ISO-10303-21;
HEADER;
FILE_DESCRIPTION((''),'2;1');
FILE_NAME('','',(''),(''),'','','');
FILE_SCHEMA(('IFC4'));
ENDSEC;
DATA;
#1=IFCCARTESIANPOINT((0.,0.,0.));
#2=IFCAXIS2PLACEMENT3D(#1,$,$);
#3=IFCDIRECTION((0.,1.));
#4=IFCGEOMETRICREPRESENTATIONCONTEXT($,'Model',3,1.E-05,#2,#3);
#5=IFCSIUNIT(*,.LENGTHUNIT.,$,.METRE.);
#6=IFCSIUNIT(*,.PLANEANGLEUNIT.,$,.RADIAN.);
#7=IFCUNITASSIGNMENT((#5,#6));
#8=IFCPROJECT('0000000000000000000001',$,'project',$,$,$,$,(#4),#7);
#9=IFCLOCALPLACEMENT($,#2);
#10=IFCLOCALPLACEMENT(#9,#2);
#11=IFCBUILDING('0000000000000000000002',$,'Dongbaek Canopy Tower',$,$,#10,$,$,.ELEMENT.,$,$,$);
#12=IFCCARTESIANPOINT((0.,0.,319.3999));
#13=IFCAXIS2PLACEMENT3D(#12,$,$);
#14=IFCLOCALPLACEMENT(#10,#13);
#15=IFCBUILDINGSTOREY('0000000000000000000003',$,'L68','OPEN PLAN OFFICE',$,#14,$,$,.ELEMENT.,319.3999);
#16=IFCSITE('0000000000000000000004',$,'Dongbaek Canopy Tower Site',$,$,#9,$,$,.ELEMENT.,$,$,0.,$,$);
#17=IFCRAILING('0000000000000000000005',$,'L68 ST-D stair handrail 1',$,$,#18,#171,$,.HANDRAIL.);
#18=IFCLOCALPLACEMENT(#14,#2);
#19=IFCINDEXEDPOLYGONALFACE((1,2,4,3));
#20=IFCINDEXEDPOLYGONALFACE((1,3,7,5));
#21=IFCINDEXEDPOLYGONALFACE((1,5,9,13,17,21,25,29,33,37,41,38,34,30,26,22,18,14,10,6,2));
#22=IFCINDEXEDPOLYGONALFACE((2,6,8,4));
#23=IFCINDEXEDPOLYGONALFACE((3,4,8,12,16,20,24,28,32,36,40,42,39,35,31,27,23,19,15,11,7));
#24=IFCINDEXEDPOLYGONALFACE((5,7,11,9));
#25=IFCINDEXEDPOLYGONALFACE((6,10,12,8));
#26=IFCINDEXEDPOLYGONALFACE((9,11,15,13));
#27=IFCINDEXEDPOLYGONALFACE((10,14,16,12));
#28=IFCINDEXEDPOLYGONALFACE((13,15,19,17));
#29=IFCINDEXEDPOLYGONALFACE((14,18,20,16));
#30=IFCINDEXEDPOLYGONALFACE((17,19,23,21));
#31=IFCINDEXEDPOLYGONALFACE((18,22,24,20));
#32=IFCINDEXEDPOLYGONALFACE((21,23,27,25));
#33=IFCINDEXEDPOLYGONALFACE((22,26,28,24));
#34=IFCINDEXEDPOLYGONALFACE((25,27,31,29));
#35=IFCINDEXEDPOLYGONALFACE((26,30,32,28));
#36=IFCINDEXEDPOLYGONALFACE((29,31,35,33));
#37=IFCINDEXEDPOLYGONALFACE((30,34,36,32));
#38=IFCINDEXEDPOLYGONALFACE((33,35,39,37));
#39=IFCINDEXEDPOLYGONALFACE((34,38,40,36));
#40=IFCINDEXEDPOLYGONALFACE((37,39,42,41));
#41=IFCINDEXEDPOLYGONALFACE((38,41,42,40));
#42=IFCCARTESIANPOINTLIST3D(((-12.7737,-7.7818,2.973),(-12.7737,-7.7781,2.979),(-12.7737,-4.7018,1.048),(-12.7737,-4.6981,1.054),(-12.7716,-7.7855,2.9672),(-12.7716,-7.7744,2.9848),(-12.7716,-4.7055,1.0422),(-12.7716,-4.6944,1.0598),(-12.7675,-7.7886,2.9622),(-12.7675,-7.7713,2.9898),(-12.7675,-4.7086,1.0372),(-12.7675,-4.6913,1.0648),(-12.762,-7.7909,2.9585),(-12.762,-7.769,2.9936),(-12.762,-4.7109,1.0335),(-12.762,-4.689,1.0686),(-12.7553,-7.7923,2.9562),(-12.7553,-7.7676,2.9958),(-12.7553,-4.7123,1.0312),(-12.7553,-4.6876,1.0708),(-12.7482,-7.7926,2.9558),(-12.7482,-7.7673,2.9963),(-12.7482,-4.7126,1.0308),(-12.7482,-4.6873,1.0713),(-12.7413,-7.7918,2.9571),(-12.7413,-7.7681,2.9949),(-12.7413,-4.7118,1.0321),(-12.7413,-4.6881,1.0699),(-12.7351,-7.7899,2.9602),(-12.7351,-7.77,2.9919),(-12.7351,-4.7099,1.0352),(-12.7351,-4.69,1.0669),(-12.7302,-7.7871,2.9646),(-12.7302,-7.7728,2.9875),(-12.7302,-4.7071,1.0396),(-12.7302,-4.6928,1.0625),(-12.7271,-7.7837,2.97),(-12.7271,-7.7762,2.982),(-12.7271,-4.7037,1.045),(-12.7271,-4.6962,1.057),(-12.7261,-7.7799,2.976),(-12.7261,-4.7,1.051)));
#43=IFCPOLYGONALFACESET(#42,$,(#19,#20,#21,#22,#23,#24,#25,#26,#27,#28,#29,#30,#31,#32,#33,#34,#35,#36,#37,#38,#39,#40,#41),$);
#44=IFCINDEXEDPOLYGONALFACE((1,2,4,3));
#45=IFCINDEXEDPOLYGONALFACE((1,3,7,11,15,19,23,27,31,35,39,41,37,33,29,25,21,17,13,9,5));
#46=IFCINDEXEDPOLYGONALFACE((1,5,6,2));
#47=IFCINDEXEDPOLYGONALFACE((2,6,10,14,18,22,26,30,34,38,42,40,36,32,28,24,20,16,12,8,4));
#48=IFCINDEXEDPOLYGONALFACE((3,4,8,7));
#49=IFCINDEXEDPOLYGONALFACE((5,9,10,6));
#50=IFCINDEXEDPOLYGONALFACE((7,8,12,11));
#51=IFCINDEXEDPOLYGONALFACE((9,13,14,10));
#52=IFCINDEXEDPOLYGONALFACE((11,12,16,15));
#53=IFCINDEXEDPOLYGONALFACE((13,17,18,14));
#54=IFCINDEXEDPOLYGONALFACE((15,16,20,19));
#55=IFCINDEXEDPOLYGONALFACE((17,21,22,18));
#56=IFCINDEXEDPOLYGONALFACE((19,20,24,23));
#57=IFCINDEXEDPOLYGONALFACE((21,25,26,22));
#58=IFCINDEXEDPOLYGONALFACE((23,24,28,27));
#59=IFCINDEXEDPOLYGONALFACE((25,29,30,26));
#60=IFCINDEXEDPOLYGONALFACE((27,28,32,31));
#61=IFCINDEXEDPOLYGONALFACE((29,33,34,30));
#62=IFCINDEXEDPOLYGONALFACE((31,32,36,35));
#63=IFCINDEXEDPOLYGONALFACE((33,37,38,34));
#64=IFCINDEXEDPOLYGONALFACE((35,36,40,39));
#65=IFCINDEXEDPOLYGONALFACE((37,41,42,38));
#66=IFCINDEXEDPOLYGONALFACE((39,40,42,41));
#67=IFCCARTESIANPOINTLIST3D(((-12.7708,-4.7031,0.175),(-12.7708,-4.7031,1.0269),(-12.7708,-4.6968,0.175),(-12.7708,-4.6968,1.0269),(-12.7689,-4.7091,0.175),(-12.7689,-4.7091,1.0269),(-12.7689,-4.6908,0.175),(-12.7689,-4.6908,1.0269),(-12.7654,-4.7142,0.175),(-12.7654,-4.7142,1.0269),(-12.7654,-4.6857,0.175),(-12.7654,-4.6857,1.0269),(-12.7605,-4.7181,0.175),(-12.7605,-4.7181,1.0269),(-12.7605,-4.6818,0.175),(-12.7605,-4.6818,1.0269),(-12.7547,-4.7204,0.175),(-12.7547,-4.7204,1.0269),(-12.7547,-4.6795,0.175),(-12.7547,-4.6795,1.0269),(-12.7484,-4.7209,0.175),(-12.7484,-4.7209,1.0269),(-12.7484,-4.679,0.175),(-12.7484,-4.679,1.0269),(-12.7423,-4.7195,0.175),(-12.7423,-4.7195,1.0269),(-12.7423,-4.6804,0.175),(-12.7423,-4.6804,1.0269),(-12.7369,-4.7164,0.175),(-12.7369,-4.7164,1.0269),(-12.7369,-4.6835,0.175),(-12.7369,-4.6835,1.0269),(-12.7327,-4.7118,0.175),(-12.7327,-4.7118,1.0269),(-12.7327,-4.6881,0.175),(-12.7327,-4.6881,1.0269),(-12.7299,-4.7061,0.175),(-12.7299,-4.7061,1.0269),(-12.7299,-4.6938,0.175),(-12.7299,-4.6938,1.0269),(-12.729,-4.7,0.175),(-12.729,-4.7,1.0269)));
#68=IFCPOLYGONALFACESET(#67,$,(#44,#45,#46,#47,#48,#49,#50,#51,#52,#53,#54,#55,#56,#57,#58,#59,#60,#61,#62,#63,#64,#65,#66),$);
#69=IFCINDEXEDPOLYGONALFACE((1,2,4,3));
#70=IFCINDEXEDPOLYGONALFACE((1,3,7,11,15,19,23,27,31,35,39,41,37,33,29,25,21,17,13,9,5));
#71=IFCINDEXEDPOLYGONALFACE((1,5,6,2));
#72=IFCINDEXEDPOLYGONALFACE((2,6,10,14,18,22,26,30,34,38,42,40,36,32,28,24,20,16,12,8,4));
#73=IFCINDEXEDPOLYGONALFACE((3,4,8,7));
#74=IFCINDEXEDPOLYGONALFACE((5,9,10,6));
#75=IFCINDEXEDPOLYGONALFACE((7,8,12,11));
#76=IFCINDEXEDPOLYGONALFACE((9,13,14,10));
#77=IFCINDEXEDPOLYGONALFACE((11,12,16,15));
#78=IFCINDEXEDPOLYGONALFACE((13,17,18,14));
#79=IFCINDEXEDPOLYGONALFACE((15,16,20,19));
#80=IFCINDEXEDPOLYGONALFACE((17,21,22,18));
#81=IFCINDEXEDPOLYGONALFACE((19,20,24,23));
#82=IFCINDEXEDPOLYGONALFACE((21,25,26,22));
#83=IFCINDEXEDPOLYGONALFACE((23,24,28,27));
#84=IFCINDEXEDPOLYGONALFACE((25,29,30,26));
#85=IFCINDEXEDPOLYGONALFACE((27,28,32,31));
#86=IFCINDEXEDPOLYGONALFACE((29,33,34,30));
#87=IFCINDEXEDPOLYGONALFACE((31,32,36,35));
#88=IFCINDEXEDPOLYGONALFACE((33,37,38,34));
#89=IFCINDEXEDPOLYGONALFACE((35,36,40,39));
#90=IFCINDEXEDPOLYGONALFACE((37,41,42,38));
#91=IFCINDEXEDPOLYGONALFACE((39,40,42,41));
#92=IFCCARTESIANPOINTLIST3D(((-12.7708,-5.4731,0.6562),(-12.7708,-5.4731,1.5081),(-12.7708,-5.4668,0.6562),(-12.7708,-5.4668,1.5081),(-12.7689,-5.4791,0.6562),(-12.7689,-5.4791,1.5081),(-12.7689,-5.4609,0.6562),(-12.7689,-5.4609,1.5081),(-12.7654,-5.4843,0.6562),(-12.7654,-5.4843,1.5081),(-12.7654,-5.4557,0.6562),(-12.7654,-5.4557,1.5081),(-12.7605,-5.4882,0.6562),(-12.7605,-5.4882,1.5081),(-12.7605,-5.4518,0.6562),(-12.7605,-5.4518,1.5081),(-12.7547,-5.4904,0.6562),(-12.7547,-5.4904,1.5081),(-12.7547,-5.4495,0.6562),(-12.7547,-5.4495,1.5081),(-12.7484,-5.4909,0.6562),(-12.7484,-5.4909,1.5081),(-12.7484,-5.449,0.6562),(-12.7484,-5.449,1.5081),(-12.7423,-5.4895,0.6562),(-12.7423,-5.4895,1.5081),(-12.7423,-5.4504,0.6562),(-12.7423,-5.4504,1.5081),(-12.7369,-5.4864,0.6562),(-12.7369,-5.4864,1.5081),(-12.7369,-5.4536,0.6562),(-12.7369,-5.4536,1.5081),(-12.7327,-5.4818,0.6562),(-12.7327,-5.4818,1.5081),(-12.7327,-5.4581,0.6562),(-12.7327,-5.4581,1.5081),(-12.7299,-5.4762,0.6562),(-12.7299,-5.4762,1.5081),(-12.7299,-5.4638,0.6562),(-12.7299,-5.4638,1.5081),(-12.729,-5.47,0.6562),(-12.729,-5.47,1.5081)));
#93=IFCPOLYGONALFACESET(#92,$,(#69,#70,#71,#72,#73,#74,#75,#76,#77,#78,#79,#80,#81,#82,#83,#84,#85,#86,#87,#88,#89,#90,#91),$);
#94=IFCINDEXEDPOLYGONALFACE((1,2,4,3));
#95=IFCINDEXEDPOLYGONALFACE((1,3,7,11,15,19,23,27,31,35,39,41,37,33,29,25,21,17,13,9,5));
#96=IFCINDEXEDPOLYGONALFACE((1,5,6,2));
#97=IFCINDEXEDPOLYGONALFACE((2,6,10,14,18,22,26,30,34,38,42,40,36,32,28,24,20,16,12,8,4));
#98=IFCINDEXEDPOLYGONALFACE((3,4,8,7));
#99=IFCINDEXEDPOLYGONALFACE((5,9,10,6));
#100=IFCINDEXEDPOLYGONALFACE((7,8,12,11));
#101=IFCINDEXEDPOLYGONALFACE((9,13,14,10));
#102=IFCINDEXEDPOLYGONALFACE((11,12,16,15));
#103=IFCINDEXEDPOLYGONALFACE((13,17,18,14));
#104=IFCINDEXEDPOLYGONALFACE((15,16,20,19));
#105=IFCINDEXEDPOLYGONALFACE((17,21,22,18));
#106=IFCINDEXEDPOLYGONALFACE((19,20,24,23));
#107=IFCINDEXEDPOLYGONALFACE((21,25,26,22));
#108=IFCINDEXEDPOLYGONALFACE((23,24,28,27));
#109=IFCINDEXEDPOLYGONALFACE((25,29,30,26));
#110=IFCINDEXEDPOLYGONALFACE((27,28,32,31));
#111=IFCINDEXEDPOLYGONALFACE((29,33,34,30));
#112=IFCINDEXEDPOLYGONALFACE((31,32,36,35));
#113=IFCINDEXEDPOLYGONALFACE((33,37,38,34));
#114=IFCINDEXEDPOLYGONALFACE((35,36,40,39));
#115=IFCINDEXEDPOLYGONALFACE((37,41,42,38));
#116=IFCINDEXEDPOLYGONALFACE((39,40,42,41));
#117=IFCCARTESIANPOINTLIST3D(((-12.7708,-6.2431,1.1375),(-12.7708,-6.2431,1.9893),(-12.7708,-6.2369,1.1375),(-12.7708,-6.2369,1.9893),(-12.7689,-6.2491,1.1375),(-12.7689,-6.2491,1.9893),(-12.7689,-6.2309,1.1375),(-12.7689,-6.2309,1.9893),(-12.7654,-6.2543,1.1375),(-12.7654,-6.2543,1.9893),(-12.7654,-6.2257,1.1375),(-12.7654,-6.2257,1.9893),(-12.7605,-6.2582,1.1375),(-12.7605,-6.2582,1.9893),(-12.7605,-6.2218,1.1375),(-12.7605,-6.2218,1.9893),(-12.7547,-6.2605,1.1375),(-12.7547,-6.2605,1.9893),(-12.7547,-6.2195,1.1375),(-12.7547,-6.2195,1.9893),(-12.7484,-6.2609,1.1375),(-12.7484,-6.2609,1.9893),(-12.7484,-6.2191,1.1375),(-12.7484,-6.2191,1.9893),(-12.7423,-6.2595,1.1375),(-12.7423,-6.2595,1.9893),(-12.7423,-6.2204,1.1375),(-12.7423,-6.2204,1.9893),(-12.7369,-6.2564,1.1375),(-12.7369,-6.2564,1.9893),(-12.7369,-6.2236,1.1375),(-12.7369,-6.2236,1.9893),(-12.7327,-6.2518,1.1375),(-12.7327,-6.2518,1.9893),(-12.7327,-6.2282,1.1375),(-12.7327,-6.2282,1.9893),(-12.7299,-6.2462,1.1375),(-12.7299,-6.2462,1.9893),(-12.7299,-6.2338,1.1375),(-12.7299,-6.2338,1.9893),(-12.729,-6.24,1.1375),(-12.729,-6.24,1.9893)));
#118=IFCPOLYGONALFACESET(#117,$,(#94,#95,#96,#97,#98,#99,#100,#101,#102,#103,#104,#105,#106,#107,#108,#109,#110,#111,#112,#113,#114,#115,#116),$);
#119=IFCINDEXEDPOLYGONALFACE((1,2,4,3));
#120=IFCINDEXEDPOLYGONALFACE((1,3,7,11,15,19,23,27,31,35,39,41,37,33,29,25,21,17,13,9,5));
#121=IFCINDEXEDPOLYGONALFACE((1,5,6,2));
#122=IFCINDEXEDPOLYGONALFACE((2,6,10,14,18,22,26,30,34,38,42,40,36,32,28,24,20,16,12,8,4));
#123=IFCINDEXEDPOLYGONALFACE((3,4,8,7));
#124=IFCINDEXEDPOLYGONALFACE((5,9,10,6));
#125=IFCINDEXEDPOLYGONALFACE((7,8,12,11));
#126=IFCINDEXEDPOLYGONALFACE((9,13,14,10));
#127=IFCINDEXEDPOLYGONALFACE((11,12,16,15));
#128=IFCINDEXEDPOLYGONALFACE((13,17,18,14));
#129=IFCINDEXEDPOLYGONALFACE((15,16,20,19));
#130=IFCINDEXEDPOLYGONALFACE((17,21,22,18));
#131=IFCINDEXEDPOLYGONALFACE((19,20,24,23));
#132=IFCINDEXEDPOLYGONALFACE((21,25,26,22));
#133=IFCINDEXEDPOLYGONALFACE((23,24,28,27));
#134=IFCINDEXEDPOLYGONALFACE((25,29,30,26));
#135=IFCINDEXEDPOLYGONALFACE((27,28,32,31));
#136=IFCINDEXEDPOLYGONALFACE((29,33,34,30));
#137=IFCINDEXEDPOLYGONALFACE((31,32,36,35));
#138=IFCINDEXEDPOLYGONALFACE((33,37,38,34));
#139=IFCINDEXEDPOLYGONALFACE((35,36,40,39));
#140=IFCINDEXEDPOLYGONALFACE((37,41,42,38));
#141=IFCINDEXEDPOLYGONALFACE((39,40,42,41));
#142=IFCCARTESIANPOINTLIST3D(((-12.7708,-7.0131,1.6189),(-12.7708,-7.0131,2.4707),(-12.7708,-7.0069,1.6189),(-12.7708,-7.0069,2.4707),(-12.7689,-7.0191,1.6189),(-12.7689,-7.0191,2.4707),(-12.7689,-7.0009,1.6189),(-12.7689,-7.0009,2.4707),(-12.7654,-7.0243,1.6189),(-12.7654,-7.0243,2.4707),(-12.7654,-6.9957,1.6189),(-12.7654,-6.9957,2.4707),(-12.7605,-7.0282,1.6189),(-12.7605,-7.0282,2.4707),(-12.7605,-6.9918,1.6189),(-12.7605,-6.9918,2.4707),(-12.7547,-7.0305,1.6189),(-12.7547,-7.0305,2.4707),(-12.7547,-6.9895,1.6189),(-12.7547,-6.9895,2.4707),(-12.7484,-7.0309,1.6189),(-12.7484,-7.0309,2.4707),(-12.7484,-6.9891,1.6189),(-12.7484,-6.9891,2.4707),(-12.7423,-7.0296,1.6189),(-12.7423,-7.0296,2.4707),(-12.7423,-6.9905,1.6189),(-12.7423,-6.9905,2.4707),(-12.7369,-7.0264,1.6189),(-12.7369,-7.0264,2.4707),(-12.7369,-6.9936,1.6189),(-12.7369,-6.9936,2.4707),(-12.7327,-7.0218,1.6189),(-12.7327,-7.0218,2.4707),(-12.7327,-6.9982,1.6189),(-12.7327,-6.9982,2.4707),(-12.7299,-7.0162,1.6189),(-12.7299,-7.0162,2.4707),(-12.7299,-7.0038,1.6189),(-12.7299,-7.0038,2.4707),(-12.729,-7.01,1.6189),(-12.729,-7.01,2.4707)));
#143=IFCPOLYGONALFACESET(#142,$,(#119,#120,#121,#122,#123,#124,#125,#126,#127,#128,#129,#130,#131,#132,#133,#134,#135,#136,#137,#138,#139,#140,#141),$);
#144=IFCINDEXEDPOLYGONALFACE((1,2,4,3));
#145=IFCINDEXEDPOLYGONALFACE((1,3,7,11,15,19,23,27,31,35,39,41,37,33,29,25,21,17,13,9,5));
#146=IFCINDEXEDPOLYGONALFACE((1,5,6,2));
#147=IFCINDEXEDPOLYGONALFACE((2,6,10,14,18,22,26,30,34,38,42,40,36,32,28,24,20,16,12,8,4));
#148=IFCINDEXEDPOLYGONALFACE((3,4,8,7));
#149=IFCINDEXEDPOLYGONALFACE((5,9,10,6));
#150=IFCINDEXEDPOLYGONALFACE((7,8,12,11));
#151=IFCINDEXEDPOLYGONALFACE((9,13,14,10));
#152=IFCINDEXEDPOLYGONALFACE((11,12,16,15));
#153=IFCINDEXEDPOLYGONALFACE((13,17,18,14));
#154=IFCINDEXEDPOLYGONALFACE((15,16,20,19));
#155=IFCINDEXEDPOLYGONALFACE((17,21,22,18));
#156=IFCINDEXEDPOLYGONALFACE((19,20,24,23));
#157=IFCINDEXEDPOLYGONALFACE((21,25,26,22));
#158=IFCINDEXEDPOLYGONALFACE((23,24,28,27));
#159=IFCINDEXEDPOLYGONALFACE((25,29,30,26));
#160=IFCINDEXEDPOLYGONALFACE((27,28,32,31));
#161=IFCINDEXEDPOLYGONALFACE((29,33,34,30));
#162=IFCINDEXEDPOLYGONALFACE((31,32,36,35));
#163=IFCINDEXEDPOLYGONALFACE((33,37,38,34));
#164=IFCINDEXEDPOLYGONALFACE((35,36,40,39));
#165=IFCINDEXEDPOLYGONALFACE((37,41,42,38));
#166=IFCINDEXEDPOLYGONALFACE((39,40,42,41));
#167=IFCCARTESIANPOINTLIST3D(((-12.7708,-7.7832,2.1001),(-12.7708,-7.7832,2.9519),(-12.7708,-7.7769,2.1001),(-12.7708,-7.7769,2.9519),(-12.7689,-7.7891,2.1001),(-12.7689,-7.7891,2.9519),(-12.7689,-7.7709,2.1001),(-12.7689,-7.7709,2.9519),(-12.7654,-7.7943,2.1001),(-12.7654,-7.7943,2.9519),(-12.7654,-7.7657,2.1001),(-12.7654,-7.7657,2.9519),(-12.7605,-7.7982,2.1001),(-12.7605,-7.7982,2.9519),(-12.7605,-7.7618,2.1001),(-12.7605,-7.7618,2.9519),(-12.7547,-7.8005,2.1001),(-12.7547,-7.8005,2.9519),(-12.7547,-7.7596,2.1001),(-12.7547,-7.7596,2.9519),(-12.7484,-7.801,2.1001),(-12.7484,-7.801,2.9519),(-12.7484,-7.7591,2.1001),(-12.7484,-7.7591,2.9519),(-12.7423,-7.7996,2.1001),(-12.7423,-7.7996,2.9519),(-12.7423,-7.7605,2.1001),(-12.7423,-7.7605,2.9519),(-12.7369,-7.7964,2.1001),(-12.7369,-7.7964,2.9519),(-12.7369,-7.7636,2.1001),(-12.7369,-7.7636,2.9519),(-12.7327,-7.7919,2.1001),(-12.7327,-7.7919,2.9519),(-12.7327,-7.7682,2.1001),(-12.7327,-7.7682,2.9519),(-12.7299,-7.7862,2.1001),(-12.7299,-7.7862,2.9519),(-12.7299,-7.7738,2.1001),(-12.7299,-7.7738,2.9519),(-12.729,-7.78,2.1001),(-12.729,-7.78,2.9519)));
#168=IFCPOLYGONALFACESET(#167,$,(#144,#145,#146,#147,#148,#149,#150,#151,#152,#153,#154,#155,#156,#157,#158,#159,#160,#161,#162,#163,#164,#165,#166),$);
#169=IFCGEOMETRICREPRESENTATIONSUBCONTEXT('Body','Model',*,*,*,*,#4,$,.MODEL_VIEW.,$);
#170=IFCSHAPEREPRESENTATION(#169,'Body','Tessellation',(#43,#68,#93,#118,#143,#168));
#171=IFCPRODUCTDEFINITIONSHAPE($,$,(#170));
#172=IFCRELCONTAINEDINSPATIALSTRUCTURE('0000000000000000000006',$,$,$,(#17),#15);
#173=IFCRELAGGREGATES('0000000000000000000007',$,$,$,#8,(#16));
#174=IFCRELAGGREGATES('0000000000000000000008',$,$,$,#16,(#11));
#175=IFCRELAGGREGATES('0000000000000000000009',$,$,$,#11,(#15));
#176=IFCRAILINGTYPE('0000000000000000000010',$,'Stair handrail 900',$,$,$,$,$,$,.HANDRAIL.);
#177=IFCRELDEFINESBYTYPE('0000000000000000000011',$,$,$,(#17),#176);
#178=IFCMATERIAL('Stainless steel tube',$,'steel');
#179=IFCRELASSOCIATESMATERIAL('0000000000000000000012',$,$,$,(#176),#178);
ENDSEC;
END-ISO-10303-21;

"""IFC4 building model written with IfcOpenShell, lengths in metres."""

from ifc_helpers import new_model, si_unit, direction, frame, origin, origin_2d, place, context, subcontext, project, spatial, circle, extrude, material, type_object, element, save


model = new_model("IFC4")

# Units and contexts
model_context = context("Model", 3, precision=1e-05, world=origin(), true_north=direction((0.0, 1.0)))
body_context = subcontext(model_context, "Body", "Model", "MODEL_VIEW")
ifc_project = project(units=[si_unit("LENGTHUNIT", "METRE"), si_unit("PLANEANGLEUNIT", "RADIAN")], contexts=[model_context])

# Site, building, storey
site_placement = place(None, origin())
site = spatial("IfcSite", under=ifc_project, at=site_placement, Name="Dongbaek Canopy Tower Site", CompositionType="ELEMENT", RefElevation=0.0)
building_placement = place(site_placement, origin())
building = spatial("IfcBuilding", under=site, at=building_placement, Name="Dongbaek Canopy Tower", CompositionType="ELEMENT")
storey_placement = place(building_placement, frame((0.0, 0.0, 319.3999)))
storey = spatial("IfcBuildingStorey", under=building, at=storey_placement, Name="L68", Description="OPEN PLAN OFFICE", CompositionType="ELEMENT", Elevation=319.3999)

# Railing
ifc_material_1 = material(Name="Stainless steel tube", Category="steel")
railing_type_1 = type_object("IfcRailingType", Name="Stair handrail 900", PredefinedType="HANDRAIL", material=ifc_material_1)
railing_1_placement = place(storey_placement, frame((-12.75, -4.7, 0.175)))
element("IfcRailing", 1, at=railing_1_placement, inside=storey, type_object=railing_type_1, Name="L68 ST-D stair handrail 1", PredefinedType="HANDRAIL", context=body_context, shape_type="SweptSolid", body=[
    extrude(circle(Radius=0.0239, at=origin_2d()), frame((0.0, 0.0, 0.876), z_axis=(0.0, -0.847998, 0.529999), x_axis=(1.0, 0.0, 0.0)), (0.0, 0.0, 1.0), 3.6321),
    extrude(circle(Radius=0.021, at=origin_2d()), origin(), (0.0, 0.0, 1.0), 0.8518),
    extrude(circle(Radius=0.021, at=origin_2d()), frame((0.0, -0.77, 0.4812)), (0.0, 0.0, 1.0), 0.8518),
    extrude(circle(Radius=0.021, at=origin_2d()), frame((0.0, -1.54, 0.9624)), (0.0, 0.0, 1.0), 0.8518),
    extrude(circle(Radius=0.021, at=origin_2d()), frame((0.0, -2.3101, 1.4438)), (0.0, 0.0, 1.0), 0.8518),
    extrude(circle(Radius=0.021, at=origin_2d()), frame((0.0, -3.0801, 1.925)), (0.0, 0.0, 1.0), 0.8518),
])

save(model, "model.ifc")
